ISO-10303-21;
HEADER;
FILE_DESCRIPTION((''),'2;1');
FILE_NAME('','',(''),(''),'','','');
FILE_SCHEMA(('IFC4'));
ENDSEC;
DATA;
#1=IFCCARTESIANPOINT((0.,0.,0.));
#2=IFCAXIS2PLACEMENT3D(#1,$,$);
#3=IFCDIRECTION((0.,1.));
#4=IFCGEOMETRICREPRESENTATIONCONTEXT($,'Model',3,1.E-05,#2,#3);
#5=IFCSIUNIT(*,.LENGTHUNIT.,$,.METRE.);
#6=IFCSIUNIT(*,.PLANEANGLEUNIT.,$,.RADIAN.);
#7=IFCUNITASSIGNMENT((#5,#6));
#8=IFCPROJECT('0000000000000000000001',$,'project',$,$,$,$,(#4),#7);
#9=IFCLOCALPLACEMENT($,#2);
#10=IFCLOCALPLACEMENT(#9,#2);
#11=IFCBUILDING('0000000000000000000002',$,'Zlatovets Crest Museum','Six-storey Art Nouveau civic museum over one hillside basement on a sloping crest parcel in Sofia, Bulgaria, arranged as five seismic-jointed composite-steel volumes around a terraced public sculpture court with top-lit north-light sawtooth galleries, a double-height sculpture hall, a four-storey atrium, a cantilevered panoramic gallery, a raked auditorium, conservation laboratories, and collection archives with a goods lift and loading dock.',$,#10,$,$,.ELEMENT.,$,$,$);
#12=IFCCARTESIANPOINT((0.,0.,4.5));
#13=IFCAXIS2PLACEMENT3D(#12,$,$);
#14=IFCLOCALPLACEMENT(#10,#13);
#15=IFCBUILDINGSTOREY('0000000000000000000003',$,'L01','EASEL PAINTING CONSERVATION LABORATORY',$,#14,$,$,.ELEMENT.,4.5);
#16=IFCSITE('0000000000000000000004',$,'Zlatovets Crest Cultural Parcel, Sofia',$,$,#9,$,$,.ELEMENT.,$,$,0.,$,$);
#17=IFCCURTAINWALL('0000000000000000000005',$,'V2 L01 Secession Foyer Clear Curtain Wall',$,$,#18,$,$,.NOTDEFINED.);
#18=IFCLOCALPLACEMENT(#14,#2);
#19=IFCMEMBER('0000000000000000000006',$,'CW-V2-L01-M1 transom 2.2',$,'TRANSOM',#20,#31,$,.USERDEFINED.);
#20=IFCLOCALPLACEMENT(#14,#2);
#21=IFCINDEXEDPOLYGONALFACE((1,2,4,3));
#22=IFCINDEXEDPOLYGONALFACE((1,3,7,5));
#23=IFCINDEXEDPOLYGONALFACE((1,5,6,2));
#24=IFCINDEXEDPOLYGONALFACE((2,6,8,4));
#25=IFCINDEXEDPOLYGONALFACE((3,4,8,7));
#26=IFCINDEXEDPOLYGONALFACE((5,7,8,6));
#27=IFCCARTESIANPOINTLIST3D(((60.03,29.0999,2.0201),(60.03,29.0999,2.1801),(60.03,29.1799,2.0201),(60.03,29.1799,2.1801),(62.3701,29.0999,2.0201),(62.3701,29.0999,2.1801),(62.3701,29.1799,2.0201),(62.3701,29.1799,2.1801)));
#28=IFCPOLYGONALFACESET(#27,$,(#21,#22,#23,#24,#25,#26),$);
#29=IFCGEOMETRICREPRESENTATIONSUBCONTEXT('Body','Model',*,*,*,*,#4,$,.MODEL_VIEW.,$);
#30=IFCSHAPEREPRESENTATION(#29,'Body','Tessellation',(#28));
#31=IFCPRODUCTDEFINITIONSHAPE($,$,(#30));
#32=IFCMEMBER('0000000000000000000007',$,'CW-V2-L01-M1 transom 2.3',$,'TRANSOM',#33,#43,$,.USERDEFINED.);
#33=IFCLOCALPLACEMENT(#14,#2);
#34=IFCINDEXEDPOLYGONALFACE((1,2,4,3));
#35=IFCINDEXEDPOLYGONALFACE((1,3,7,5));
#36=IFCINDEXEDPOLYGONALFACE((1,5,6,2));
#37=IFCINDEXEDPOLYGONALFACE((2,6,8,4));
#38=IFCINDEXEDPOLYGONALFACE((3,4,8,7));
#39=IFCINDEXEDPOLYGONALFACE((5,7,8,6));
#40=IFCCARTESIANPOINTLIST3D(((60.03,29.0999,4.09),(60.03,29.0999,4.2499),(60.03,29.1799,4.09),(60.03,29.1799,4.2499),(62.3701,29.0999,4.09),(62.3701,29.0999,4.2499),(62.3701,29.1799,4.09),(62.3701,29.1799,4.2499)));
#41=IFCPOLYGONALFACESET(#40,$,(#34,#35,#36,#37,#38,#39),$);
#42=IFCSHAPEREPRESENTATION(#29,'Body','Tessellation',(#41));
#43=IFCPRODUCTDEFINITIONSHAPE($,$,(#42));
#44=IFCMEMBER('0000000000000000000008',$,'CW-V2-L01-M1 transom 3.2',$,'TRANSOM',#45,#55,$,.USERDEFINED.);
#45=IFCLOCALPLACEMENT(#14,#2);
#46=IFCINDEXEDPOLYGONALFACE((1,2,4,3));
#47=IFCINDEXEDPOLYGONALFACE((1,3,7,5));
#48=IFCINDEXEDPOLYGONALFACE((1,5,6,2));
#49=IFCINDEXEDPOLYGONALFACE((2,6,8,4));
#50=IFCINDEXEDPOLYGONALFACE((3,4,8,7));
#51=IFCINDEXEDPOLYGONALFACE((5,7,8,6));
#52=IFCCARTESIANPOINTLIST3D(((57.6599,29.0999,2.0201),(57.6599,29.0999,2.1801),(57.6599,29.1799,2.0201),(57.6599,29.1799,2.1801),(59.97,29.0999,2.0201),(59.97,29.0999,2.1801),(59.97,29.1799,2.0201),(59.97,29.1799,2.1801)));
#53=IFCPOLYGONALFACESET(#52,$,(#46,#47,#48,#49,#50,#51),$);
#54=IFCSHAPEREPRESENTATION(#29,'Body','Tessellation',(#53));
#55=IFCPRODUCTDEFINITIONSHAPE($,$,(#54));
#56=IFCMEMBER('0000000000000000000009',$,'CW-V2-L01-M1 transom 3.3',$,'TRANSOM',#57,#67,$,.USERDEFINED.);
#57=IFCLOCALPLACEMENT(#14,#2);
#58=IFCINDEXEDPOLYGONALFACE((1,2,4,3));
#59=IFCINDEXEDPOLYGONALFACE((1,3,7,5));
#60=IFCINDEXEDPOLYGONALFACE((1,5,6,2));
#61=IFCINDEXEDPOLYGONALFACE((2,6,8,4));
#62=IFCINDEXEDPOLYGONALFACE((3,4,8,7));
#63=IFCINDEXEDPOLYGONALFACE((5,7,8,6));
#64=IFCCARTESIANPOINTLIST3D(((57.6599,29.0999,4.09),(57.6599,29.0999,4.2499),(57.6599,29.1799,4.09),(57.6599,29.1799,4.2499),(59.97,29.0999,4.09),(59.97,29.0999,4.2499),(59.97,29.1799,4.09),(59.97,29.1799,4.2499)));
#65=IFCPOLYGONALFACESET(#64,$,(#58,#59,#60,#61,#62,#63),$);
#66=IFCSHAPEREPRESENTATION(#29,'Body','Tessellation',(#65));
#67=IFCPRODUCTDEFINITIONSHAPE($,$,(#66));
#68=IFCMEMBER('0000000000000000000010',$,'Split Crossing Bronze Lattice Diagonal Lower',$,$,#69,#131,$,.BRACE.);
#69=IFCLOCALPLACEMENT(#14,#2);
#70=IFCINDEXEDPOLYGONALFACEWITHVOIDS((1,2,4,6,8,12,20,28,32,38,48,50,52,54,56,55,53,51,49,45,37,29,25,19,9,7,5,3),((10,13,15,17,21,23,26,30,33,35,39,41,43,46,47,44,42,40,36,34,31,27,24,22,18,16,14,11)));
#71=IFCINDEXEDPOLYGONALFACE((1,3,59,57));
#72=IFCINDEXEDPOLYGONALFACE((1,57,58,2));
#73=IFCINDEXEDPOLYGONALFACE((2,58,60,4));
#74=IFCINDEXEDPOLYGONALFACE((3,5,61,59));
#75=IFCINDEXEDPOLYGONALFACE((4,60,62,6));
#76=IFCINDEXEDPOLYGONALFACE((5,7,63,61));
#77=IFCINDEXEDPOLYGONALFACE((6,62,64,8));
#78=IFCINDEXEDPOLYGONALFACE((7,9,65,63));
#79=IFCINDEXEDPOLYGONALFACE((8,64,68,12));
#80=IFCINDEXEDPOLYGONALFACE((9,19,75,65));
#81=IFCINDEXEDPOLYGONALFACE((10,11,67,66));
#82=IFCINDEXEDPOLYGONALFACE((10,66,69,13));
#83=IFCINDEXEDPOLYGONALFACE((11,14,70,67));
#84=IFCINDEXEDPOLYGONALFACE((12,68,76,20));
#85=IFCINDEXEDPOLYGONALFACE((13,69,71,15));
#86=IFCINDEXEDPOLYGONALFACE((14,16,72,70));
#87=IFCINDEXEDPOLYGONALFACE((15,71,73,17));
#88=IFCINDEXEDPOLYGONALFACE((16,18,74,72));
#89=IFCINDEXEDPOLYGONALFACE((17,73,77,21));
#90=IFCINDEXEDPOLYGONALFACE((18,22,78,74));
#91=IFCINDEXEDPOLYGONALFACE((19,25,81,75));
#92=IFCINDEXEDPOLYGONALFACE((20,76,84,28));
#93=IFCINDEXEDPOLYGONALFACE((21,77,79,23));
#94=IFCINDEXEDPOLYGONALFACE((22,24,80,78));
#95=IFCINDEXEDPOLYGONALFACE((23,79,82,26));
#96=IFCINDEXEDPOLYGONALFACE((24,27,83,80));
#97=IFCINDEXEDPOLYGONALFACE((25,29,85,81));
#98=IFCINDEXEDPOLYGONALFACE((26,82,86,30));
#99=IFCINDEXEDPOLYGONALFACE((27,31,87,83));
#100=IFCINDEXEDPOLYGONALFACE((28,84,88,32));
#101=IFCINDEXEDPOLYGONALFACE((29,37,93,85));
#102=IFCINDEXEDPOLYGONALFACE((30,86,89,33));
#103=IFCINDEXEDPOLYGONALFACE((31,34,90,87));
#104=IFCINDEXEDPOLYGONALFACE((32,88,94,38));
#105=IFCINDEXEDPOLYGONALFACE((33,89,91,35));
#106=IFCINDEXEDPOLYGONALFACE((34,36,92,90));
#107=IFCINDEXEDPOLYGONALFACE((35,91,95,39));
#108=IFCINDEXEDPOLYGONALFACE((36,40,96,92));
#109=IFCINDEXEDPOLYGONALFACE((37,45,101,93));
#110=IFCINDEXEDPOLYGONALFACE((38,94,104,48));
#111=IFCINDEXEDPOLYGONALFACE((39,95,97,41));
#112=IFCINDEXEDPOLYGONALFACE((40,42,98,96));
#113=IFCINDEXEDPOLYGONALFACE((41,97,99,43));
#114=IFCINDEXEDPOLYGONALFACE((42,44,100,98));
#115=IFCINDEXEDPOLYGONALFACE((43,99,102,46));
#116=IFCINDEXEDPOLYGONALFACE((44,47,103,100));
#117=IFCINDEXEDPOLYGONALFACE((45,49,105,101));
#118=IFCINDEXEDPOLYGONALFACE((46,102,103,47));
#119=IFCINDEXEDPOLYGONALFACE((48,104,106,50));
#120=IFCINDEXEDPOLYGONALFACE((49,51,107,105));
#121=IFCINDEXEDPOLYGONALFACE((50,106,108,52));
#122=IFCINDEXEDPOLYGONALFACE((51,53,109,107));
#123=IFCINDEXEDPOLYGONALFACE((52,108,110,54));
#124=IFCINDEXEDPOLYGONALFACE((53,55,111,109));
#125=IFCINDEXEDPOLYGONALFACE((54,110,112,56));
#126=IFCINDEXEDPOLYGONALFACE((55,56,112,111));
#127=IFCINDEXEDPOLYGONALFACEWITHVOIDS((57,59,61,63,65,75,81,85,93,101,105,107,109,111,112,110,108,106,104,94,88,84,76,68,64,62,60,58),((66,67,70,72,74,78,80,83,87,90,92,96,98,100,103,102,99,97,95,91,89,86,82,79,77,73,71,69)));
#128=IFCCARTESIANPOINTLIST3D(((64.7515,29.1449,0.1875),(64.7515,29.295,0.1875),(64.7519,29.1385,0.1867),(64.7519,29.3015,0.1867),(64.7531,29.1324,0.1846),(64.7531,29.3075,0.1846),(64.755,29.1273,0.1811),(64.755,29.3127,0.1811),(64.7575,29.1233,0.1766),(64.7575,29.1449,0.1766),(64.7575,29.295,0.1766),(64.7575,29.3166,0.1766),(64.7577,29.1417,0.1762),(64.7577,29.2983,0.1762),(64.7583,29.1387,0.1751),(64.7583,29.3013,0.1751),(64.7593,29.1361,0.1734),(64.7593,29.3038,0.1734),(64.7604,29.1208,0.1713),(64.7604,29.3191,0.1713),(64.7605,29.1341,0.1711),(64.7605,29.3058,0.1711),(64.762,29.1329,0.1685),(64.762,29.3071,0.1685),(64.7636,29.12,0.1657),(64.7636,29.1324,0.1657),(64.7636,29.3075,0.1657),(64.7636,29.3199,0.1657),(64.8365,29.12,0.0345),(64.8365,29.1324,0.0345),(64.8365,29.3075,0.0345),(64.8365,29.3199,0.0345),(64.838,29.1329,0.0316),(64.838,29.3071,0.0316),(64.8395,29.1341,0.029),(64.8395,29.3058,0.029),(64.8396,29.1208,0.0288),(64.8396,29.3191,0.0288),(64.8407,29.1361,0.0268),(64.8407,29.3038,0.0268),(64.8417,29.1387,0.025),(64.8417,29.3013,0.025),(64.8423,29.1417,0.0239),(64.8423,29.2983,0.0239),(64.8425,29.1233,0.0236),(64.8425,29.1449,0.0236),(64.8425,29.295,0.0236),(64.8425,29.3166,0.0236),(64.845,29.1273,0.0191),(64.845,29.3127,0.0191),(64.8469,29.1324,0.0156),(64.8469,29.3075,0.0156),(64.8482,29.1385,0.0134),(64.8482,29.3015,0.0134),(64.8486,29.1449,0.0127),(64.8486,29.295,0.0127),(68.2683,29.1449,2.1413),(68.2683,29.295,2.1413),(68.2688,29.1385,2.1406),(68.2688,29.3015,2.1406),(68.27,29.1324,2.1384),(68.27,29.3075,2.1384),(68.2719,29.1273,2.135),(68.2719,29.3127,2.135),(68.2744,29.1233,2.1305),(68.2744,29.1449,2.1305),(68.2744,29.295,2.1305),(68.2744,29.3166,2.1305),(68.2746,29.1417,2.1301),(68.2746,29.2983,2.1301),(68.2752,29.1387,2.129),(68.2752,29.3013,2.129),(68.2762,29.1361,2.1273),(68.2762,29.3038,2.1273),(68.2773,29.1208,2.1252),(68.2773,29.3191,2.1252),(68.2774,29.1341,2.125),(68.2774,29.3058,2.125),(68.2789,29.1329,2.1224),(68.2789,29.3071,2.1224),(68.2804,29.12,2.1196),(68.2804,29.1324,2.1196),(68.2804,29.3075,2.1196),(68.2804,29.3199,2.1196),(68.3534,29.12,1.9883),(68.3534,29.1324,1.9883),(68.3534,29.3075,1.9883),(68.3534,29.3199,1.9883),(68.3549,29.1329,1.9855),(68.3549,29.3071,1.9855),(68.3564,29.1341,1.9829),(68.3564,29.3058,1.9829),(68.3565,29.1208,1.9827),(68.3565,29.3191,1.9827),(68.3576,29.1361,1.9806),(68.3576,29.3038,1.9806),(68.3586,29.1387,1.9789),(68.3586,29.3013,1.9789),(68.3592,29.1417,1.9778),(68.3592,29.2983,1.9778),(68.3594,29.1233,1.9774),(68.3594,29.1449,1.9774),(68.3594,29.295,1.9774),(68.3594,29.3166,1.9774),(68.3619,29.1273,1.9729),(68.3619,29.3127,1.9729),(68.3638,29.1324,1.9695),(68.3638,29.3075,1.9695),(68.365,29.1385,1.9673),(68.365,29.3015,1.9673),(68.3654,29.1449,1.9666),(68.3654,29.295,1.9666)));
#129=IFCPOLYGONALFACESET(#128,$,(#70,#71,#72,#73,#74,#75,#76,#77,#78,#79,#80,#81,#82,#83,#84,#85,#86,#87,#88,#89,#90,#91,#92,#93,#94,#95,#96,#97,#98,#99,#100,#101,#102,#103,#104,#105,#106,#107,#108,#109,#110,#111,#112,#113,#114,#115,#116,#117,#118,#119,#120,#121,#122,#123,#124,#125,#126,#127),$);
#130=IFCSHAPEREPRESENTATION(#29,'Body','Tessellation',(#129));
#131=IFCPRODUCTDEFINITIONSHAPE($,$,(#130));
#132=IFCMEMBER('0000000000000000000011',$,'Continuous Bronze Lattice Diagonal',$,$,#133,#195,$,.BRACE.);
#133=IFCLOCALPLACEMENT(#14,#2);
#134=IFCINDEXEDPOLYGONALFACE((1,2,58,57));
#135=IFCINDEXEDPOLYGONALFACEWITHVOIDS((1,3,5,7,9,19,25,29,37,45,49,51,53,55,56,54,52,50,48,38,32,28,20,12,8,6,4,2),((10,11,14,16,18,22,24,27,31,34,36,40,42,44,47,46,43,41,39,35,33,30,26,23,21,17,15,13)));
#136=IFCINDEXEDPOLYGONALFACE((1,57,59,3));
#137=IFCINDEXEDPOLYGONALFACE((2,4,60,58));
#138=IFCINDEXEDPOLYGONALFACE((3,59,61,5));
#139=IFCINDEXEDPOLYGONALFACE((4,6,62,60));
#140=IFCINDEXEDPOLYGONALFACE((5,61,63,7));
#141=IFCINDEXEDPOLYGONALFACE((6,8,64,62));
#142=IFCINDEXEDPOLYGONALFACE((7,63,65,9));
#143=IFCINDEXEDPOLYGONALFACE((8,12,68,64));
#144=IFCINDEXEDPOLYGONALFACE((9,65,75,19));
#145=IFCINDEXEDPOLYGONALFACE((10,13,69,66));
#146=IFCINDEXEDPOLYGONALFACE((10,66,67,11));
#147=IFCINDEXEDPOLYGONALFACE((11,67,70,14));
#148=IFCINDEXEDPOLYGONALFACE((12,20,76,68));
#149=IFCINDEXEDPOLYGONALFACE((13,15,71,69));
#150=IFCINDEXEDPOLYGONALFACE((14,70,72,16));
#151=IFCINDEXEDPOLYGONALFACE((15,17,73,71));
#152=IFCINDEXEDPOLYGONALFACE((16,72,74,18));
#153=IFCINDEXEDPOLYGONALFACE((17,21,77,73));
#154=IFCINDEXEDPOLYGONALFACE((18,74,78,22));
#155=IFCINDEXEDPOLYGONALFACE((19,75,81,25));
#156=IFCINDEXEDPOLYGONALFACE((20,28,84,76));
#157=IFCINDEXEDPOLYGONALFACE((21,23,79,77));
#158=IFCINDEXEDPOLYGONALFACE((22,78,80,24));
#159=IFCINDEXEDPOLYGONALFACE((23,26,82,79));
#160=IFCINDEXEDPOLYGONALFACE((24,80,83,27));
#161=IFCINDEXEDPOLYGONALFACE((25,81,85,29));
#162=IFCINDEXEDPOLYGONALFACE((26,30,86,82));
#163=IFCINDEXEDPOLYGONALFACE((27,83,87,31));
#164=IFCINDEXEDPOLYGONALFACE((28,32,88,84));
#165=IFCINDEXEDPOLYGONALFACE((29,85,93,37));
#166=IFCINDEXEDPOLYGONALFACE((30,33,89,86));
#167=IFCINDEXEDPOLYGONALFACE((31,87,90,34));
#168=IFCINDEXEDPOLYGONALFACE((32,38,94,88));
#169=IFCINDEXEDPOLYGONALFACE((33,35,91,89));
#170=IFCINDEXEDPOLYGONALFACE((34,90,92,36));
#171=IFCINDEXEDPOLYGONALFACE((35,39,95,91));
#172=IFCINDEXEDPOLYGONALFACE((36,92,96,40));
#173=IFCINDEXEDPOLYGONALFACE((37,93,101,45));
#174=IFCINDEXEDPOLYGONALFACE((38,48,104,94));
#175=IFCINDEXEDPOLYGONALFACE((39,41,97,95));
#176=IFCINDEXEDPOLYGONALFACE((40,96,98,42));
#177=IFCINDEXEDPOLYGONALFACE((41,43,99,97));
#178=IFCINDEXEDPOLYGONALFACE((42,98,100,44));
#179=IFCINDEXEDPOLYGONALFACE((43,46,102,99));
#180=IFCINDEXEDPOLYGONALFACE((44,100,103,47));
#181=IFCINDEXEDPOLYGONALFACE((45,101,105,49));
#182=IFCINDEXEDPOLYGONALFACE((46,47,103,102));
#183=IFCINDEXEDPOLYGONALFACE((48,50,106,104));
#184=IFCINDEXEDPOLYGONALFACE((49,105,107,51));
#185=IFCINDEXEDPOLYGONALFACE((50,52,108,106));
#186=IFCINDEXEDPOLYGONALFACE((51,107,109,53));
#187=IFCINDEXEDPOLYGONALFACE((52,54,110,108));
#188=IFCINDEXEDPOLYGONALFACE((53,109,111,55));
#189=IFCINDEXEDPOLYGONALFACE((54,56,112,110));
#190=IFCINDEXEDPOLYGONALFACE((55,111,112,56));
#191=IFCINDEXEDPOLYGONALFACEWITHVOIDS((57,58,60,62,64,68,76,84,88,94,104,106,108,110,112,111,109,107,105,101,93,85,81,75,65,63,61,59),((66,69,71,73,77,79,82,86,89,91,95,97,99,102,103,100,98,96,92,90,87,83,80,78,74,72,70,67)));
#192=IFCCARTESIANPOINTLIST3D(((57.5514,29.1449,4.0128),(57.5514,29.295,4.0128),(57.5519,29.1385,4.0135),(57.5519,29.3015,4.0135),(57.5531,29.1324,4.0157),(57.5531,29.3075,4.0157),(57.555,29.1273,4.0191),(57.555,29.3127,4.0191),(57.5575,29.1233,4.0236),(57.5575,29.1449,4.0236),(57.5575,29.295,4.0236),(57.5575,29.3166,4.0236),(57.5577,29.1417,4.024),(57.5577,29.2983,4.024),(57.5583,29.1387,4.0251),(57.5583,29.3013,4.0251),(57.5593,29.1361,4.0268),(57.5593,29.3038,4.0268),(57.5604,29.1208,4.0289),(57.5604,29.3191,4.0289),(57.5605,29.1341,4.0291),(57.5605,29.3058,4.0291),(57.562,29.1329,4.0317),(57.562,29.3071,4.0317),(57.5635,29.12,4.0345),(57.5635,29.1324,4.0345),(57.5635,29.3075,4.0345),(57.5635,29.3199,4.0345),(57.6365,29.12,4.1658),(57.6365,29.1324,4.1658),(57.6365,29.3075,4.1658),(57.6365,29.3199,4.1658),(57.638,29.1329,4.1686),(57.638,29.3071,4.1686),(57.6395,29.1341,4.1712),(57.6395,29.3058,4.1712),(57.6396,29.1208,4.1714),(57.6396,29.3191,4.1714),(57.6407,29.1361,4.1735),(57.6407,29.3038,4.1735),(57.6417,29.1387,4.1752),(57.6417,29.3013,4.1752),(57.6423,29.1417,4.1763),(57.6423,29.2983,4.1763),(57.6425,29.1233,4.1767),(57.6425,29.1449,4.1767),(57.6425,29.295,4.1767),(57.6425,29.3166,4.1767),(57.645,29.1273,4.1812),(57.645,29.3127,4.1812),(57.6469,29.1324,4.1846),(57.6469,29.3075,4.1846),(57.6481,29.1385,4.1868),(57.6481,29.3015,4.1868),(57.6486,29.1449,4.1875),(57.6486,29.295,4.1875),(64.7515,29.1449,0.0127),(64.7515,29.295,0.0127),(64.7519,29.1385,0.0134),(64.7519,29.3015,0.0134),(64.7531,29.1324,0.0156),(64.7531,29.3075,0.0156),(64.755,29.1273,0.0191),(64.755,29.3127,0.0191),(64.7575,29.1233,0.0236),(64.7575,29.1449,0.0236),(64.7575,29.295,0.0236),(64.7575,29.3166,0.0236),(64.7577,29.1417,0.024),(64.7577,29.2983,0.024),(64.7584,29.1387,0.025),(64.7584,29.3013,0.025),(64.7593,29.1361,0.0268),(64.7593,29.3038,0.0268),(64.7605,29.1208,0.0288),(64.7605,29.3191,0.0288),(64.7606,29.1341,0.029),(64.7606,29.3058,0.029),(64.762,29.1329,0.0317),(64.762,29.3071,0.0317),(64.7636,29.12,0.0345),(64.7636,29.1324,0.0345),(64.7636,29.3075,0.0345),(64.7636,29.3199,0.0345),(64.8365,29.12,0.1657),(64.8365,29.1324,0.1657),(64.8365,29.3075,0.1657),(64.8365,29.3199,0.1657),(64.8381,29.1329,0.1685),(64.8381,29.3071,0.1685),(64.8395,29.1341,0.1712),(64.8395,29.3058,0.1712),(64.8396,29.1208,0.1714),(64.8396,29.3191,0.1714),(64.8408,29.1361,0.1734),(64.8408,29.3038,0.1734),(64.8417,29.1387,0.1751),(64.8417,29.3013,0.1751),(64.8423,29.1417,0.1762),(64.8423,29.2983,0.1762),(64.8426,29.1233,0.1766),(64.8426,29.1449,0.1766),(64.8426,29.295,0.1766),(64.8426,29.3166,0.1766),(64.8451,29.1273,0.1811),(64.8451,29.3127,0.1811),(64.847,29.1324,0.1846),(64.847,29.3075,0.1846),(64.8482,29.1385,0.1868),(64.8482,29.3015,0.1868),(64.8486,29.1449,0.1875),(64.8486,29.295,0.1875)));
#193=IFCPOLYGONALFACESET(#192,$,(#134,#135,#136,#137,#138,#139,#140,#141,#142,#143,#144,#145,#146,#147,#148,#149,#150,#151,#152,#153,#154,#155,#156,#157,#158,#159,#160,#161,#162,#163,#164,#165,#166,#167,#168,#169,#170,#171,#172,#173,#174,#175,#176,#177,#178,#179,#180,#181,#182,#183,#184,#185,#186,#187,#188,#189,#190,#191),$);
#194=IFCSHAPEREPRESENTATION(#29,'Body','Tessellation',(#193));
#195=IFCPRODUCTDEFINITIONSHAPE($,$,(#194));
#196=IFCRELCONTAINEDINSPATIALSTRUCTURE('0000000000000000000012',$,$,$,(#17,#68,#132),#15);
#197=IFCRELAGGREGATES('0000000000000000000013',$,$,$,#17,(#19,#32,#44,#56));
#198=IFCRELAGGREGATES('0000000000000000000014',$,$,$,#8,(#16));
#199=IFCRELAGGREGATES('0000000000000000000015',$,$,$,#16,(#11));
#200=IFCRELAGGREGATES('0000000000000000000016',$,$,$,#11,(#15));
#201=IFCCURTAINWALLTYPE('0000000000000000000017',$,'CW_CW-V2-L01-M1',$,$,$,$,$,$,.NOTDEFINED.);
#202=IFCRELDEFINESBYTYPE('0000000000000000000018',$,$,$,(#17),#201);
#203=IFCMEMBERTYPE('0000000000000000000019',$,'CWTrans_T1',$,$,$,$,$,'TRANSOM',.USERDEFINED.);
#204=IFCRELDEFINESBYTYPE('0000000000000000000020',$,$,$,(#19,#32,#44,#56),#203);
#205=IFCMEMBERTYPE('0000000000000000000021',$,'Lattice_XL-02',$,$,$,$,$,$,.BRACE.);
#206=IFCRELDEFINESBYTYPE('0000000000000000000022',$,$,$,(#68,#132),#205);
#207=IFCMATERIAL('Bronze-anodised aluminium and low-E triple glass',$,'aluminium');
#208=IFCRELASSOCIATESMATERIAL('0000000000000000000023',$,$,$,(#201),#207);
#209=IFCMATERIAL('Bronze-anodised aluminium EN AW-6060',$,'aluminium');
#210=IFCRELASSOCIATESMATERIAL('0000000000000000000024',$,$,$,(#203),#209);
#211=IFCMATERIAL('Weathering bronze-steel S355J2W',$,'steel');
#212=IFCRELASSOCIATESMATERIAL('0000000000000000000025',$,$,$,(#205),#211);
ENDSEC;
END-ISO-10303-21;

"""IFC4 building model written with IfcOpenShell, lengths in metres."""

from ifc_helpers import new_model, si_unit, direction, frame, origin, origin_2d, place, context, subcontext, project, spatial, rectangle, hollow_rectangle, extrude, material, material_profile, profile_set, type_object, element, aggregate, save


model = new_model("IFC4")

# Units and contexts
model_context = context("Model", 3, precision=1e-05, world=origin(), true_north=direction((0.0, 1.0)))
body_context = subcontext(model_context, "Body", "Model", "MODEL_VIEW")
ifc_project = project(units=[si_unit("LENGTHUNIT", "METRE"), si_unit("PLANEANGLEUNIT", "RADIAN")], contexts=[model_context])

# Site, building, storey
site_placement = place(None, origin())
site = spatial("IfcSite", under=ifc_project, at=site_placement, Name="Zlatovets Crest Cultural Parcel, Sofia", CompositionType="ELEMENT", RefElevation=0.0)
building_placement = place(site_placement, origin())
building = spatial("IfcBuilding", under=site, at=building_placement, Name="Zlatovets Crest Museum", Description="Six-storey Art Nouveau civic museum over one hillside basement on a sloping crest parcel in Sofia, Bulgaria, arranged as five seismic-jointed composite-steel volumes around a terraced public sculpture court with top-lit north-light sawtooth galleries, a double-height sculpture hall, a four-storey atrium, a cantilevered panoramic gallery, a raked auditorium, conservation laboratories, and collection archives with a goods lift and loading dock.", CompositionType="ELEMENT")
storey_placement = place(building_placement, frame((0.0, 0.0, 4.5)))
storey = spatial("IfcBuildingStorey", under=building, at=storey_placement, Name="L01", Description="EASEL PAINTING CONSERVATION LABORATORY", CompositionType="ELEMENT", Elevation=4.5)

# Curtain wall
ifc_material_1 = material(Name="Bronze-anodised aluminium and low-E triple glass", Category="aluminium")
ifc_material_2 = material(Name="Bronze-anodised aluminium EN AW-6060", Category="aluminium")
curtain_wall_type_1 = type_object("IfcCurtainWallType", Name="CW_CW-V2-L01-M1", PredefinedType="NOTDEFINED", material=ifc_material_1)
curtain_wall_1_placement = place(storey_placement, origin())
curtain_wall_1 = element("IfcCurtainWall", 1, at=curtain_wall_1_placement, inside=storey, type_object=curtain_wall_type_1, Name="V2 L01 Secession Foyer Clear Curtain Wall", PredefinedType="NOTDEFINED")

# Members
ifc_material_profile_1 = material_profile(ifc_material_2, rectangle(XDim=0.0801, YDim=0.1599, at=origin_2d()), Name="ALU 80x160")
ifc_profile_set_1 = profile_set([ifc_material_profile_1], Name="Bronze-anodised aluminium EN AW-6060")
member_type_1 = type_object("IfcMemberType", Name="CWTrans_T1", ElementType="TRANSOM", PredefinedType="USERDEFINED", material=ifc_profile_set_1)
member_1_placement = place(storey_placement, frame((62.3701, 29.1399, 2.1001), z_axis=(-1.0, 0.0, 0.0), x_axis=(0.0, -1.0, 0.0)))
member_1 = element("IfcMember", 2, at=member_1_placement, type_object=member_type_1, Name="CW-V2-L01-M1 transom 2.2", ObjectType="TRANSOM", PredefinedType="USERDEFINED", context=body_context, shape_type="SweptSolid", body=[
    extrude(rectangle(XDim=0.0801, YDim=0.1599, at=origin_2d()), origin(), (0.0, 0.0, 1.0), 2.3401),
])
member_2_placement = place(storey_placement, frame((62.3701, 29.1399, 4.1699), z_axis=(-1.0, 0.0, 0.0), x_axis=(0.0, -1.0, 0.0)))
member_2 = element("IfcMember", 3, at=member_2_placement, type_object=member_type_1, Name="CW-V2-L01-M1 transom 2.3", ObjectType="TRANSOM", PredefinedType="USERDEFINED", context=body_context, shape_type="SweptSolid", body=[
    extrude(rectangle(XDim=0.0801, YDim=0.1599, at=origin_2d()), origin(), (0.0, 0.0, 1.0), 2.3401),
])
member_3_placement = place(storey_placement, frame((59.97, 29.1399, 2.1001), z_axis=(-1.0, 0.0, 0.0), x_axis=(0.0, -1.0, 0.0)))
member_3 = element("IfcMember", 4, at=member_3_placement, type_object=member_type_1, Name="CW-V2-L01-M1 transom 3.2", ObjectType="TRANSOM", PredefinedType="USERDEFINED", context=body_context, shape_type="SweptSolid", body=[
    extrude(rectangle(XDim=0.0801, YDim=0.1599, at=origin_2d()), origin(), (0.0, 0.0, 1.0), 2.3101),
])
member_4_placement = place(storey_placement, frame((59.97, 29.1399, 4.1699), z_axis=(-1.0, 0.0, 0.0), x_axis=(0.0, -1.0, 0.0)))
member_4 = element("IfcMember", 5, at=member_4_placement, type_object=member_type_1, Name="CW-V2-L01-M1 transom 3.3", ObjectType="TRANSOM", PredefinedType="USERDEFINED", context=body_context, shape_type="SweptSolid", body=[
    extrude(rectangle(XDim=0.0801, YDim=0.1599, at=origin_2d()), origin(), (0.0, 0.0, 1.0), 2.3101),
])

# Members
ifc_material_3 = material(Name="Weathering bronze-steel S355J2W", Category="steel")
ifc_material_profile_2 = material_profile(ifc_material_3, hollow_rectangle(XDim=0.2, YDim=0.2, WallThickness=0.0125, InnerFilletRadius=0.0125, OuterFilletRadius=0.0249, at=origin_2d()), Name="SHS 200x200x12.5")
ifc_profile_set_2 = profile_set([ifc_material_profile_2], Name="Weathering bronze-steel S355J2W")
member_type_2 = type_object("IfcMemberType", Name="Lattice_XL-02", PredefinedType="BRACE", material=ifc_profile_set_2)
member_5_placement = place(storey_placement, frame((68.3169, 29.22, 2.054), z_axis=(-0.874152, 0.0, -0.485653), x_axis=(0.0, -1.0, 0.0)))
element("IfcMember", 6, at=member_5_placement, inside=storey, type_object=member_type_2, Name="Split Crossing Bronze Lattice Diagonal Lower", PredefinedType="BRACE", context=body_context, shape_type="SweptSolid", body=[
    extrude(hollow_rectangle(XDim=0.2, YDim=0.2, WallThickness=0.0125, InnerFilletRadius=0.0125, OuterFilletRadius=0.0249, at=origin_2d()), origin(), (0.0, 0.0, 1.0), 4.0232),
])
member_6_placement = place(storey_placement, frame((64.8, 29.22, 0.1001), z_axis=(-0.874156, 0.0, 0.485645), x_axis=(0.0, -1.0, 0.0)))
element("IfcMember", 7, at=member_6_placement, inside=storey, type_object=member_type_2, Name="Continuous Bronze Lattice Diagonal", PredefinedType="BRACE", context=body_context, shape_type="SweptSolid", body=[
    extrude(hollow_rectangle(XDim=0.2, YDim=0.2, WallThickness=0.0125, InnerFilletRadius=0.0125, OuterFilletRadius=0.0249, at=origin_2d()), origin(), (0.0, 0.0, 1.0), 8.2366),
])

aggregate(curtain_wall_1, [member_1, member_2, member_3, member_4])

save(model, "model.ifc")
